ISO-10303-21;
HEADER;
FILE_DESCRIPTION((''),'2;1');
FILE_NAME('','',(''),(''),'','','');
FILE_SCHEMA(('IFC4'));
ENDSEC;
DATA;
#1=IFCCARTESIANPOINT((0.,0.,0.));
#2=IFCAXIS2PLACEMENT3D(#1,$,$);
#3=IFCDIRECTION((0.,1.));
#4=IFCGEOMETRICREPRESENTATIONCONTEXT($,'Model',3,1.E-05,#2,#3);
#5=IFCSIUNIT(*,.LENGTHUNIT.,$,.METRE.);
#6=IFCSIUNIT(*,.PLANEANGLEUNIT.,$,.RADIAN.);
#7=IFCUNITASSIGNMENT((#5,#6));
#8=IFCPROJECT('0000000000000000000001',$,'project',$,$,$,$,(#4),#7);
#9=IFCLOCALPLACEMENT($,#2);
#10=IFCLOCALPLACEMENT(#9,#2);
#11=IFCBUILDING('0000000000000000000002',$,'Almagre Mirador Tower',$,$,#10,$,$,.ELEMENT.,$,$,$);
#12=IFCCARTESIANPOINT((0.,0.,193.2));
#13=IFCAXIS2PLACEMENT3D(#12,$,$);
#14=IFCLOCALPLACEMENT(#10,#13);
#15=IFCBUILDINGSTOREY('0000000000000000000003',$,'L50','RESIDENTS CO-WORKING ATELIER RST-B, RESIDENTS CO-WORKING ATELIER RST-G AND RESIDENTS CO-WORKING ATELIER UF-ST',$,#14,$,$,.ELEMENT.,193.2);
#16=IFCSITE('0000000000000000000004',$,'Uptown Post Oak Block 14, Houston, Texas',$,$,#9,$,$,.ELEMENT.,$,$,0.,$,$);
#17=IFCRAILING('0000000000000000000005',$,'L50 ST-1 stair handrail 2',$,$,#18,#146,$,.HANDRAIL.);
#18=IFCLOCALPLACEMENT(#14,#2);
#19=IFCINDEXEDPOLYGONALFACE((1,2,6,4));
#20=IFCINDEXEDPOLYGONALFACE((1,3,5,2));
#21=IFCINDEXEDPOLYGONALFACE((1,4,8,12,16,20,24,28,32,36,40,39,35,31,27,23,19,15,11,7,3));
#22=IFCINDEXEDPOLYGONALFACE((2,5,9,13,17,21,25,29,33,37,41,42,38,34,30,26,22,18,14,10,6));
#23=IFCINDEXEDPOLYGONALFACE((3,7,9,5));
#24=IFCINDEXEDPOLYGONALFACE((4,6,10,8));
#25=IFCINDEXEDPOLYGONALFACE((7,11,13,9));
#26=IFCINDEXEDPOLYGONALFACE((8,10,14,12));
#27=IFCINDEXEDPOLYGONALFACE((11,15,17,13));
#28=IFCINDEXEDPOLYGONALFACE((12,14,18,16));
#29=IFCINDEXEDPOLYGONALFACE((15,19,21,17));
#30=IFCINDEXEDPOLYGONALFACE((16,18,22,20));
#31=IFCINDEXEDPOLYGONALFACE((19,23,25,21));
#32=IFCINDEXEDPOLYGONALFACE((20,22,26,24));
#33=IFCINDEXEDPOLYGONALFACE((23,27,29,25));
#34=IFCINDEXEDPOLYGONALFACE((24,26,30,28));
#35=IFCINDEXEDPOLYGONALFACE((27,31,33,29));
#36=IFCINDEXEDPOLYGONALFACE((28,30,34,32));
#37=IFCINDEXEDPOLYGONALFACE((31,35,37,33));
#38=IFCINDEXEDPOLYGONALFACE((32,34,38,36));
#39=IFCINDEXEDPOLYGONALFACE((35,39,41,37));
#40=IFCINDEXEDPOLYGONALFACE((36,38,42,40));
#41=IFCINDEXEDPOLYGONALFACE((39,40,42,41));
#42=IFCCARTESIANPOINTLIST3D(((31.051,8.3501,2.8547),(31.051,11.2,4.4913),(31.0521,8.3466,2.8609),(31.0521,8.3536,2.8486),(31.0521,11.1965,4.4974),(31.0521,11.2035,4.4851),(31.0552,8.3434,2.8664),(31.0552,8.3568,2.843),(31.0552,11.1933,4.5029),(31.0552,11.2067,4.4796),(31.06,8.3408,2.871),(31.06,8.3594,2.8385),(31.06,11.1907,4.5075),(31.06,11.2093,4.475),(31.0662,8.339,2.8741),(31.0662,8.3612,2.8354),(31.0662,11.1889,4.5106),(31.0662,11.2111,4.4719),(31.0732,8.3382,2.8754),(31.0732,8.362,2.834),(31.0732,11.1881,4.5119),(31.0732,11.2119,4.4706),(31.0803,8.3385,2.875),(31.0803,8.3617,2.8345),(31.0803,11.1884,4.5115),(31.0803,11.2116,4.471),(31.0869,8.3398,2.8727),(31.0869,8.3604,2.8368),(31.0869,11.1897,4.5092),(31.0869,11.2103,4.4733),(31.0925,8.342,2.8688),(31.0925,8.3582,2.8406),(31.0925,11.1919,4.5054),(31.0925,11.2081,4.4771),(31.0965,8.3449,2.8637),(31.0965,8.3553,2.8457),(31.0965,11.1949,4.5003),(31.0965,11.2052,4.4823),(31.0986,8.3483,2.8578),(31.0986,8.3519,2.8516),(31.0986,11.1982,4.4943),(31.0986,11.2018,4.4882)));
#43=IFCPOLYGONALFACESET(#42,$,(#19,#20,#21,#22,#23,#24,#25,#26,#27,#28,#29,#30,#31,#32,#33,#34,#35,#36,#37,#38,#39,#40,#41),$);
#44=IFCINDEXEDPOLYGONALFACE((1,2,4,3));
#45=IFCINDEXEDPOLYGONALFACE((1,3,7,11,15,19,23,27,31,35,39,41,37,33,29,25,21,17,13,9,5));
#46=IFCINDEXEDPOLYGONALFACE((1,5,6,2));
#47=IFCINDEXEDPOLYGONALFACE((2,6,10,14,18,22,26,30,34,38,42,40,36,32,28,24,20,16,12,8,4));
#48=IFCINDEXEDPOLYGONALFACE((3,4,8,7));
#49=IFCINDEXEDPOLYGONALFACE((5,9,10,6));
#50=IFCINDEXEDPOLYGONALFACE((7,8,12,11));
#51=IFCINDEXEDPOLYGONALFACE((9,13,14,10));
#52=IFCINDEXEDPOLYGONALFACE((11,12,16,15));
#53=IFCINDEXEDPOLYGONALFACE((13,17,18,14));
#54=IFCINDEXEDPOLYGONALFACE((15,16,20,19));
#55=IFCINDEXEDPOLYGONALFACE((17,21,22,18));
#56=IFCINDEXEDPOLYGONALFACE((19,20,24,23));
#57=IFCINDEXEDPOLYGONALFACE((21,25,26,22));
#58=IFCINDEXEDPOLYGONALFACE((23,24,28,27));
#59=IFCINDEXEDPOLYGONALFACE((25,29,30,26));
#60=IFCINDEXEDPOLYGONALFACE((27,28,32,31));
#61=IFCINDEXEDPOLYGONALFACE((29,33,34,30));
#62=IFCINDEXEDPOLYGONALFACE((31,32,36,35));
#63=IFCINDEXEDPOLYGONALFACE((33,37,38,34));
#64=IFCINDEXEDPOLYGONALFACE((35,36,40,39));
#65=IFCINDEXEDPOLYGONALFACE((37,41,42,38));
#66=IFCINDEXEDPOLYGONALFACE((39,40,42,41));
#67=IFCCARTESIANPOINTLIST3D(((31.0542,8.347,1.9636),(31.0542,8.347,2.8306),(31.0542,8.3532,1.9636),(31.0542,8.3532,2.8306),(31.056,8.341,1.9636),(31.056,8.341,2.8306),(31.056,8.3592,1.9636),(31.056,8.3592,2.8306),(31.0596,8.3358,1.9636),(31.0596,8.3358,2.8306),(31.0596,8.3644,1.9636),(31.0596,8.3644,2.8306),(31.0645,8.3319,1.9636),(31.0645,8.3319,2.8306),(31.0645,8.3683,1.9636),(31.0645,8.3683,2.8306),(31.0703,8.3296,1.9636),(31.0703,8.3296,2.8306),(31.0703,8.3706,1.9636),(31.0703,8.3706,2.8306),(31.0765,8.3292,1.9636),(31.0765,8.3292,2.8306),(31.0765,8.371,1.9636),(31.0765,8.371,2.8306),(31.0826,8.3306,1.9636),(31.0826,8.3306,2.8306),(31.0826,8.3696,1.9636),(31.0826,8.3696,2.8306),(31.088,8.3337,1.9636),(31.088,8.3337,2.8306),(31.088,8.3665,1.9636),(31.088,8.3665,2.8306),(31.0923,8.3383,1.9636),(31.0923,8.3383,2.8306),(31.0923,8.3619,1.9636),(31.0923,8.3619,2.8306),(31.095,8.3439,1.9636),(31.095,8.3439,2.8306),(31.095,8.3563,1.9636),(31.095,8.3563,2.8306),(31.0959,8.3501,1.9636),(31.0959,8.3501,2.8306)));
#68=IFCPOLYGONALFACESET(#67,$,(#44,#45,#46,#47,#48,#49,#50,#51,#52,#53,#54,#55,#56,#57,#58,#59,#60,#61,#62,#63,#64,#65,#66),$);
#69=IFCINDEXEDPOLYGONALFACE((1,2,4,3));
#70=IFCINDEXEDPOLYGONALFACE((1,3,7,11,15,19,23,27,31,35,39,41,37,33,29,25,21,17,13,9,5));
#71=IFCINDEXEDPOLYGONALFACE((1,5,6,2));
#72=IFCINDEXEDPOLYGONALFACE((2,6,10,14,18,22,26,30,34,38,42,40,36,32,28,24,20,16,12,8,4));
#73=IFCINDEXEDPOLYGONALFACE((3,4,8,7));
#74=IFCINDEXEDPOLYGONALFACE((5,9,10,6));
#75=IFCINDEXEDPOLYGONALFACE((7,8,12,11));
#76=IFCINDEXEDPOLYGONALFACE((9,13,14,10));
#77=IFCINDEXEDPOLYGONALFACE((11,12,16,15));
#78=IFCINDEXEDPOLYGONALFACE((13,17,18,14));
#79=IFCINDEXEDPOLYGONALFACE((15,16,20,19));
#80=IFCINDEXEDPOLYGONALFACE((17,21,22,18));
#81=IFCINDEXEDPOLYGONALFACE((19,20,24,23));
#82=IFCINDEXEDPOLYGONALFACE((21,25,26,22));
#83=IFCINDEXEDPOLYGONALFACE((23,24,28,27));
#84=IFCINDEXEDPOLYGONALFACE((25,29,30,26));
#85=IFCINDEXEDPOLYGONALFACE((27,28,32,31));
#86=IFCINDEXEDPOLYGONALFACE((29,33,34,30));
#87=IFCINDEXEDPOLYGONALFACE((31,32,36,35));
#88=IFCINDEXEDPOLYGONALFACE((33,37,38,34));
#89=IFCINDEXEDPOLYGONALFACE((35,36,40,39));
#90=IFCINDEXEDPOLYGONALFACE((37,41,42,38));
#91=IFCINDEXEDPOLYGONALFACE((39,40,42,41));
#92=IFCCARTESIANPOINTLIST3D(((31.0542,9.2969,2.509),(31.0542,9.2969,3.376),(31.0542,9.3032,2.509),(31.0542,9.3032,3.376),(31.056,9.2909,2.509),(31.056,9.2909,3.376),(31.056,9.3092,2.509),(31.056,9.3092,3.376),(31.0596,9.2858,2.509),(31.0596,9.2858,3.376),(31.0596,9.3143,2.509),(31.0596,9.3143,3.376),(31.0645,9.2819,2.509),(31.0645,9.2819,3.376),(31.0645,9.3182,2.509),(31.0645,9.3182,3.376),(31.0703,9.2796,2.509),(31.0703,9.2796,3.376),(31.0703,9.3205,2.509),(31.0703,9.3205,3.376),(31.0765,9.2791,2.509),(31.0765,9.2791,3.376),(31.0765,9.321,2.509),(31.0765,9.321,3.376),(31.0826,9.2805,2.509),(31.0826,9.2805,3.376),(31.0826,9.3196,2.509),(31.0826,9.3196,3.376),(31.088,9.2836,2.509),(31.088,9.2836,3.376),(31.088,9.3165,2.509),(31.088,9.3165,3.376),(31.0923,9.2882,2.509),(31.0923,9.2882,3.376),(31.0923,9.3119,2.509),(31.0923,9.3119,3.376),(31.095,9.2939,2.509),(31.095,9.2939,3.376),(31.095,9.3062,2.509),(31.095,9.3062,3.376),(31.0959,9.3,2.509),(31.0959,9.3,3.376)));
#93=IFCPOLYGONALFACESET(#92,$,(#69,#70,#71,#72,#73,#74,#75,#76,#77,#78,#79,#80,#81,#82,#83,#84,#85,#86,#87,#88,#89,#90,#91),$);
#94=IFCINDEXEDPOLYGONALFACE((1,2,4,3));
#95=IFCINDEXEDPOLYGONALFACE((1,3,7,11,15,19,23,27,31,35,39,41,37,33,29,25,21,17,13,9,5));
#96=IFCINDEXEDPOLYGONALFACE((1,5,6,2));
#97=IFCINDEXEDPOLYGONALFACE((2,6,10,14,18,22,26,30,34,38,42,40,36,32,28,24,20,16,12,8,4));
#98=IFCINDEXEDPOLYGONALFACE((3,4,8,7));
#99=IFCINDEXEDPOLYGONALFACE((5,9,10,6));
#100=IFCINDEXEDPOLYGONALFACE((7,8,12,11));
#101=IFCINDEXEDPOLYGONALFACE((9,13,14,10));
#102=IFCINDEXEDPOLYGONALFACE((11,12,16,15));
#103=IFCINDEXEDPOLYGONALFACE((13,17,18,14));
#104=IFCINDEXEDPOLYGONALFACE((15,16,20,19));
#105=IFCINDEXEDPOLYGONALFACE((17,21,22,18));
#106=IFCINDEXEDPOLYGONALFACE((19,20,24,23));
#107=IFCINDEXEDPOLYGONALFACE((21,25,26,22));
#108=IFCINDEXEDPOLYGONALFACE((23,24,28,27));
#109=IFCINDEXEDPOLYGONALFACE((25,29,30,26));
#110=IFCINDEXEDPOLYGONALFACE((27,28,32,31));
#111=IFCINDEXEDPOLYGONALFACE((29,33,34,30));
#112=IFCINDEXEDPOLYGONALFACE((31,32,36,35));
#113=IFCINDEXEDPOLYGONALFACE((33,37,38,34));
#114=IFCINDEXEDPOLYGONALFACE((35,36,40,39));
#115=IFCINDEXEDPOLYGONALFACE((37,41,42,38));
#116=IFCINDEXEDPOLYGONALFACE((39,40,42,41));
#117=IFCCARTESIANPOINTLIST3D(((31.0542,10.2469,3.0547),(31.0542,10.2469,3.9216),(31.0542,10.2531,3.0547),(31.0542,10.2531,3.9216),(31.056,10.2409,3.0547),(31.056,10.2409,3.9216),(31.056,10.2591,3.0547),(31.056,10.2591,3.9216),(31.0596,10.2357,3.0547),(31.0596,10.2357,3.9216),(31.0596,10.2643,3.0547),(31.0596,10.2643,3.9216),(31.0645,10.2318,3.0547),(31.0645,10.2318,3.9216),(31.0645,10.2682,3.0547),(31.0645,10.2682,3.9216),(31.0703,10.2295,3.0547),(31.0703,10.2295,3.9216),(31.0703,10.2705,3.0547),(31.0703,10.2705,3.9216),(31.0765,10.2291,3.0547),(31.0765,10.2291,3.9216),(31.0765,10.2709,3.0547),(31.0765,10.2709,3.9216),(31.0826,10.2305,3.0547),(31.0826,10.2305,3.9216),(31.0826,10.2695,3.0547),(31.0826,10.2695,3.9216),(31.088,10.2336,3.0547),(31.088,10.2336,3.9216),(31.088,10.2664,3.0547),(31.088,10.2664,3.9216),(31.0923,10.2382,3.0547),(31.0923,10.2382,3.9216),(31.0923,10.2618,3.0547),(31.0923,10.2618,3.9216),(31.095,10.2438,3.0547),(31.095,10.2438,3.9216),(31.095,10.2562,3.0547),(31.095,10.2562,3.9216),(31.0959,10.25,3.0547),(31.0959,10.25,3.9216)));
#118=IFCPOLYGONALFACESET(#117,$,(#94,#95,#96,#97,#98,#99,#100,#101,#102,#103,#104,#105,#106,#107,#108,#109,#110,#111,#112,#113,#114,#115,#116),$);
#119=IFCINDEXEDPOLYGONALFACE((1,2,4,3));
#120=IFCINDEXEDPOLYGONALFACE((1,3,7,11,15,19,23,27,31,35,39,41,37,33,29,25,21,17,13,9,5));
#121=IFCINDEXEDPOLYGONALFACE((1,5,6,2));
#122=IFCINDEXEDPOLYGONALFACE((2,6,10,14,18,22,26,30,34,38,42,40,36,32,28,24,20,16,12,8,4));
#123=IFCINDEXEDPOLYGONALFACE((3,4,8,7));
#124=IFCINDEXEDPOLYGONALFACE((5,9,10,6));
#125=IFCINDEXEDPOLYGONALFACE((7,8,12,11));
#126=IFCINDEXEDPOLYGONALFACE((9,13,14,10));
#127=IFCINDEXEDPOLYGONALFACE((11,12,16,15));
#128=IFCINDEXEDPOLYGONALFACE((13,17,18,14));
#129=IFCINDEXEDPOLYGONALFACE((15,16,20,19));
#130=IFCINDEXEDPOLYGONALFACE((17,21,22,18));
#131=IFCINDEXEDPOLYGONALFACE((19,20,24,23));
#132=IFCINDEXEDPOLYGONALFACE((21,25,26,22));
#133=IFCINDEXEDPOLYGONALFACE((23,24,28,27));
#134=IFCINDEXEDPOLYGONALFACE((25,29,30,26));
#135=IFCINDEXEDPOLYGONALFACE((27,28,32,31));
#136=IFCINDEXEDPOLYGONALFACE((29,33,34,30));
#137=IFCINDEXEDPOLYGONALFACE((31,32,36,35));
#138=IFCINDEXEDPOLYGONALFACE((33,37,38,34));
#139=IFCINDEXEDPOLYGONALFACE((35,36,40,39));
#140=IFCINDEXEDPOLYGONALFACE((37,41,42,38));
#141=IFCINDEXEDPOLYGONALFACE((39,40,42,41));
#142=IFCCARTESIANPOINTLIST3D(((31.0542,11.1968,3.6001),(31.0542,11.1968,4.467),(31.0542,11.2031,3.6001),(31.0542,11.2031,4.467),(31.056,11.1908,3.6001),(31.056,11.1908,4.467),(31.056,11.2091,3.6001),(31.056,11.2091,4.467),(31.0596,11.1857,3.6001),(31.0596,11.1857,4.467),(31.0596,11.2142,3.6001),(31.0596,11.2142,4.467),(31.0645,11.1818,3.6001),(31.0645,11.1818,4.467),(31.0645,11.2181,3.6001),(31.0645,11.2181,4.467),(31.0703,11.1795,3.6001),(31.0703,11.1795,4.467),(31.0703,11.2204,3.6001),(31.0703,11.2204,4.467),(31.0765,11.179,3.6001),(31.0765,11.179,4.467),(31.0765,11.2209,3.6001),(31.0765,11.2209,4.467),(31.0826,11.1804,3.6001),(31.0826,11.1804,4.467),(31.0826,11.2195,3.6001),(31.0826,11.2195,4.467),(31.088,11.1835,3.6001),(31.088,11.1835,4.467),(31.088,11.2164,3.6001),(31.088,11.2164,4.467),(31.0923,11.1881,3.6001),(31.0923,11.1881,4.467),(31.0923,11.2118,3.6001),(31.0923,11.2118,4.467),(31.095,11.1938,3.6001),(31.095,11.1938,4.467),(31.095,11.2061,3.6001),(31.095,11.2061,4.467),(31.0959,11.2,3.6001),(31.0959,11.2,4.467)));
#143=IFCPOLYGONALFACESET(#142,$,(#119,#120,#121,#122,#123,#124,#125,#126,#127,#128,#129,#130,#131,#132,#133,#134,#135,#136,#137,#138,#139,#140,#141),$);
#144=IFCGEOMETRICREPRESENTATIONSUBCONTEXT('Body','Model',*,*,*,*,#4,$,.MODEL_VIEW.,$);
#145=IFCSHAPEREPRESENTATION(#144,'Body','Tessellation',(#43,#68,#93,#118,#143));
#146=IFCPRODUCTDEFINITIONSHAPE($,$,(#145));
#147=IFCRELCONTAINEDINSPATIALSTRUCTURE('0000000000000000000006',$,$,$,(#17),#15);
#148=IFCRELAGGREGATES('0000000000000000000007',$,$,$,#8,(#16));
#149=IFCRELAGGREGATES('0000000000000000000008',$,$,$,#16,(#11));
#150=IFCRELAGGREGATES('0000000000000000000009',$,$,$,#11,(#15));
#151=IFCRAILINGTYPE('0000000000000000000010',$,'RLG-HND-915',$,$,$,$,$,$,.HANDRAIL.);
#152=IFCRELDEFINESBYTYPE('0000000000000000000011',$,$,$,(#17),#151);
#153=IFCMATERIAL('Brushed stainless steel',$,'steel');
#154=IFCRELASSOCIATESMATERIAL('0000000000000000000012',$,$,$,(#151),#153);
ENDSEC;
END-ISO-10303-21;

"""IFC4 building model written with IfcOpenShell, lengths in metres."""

from ifc_helpers import new_model, si_unit, direction, frame, origin, origin_2d, place, context, subcontext, project, spatial, circle, extrude, material, type_object, element, save


model = new_model("IFC4")

# Units and contexts
model_context = context("Model", 3, precision=1e-05, world=origin(), true_north=direction((0.0, 1.0)))
body_context = subcontext(model_context, "Body", "Model", "MODEL_VIEW")
ifc_project = project(units=[si_unit("LENGTHUNIT", "METRE"), si_unit("PLANEANGLEUNIT", "RADIAN")], contexts=[model_context])

# Site, building, storey
site_placement = place(None, origin())
site = spatial("IfcSite", under=ifc_project, at=site_placement, Name="Uptown Post Oak Block 14, Houston, Texas", CompositionType="ELEMENT", RefElevation=0.0)
building_placement = place(site_placement, origin())
building = spatial("IfcBuilding", under=site, at=building_placement, Name="Almagre Mirador Tower", CompositionType="ELEMENT")
storey_placement = place(building_placement, frame((0.0, 0.0, 193.2)))
storey = spatial("IfcBuildingStorey", under=building, at=storey_placement, Name="L50", Description="RESIDENTS CO-WORKING ATELIER RST-B, RESIDENTS CO-WORKING ATELIER RST-G AND RESIDENTS CO-WORKING ATELIER UF-ST", CompositionType="ELEMENT", Elevation=193.2)

# Railing
ifc_material_1 = material(Name="Brushed stainless steel", Category="steel")
railing_type_1 = type_object("IfcRailingType", Name="RLG-HND-915", PredefinedType="HANDRAIL", material=ifc_material_1)
railing_1_placement = place(storey_placement, frame((31.075, 8.3501, 1.9636)))
element("IfcRailing", 1, at=railing_1_placement, inside=storey, type_object=railing_type_1, Name="L50 ST-1 stair handrail 2", PredefinedType="HANDRAIL", context=body_context, shape_type="SweptSolid", body=[
    extrude(circle(Radius=0.0239, at=origin_2d()), frame((0.0, 0.0, 0.8911), z_axis=(0.0, 0.867194, 0.49797), x_axis=(-1.0, 0.0, 0.0)), (0.0, 0.0, 1.0), 3.2864),
    extrude(circle(Radius=0.021, at=origin_2d()), origin(), (0.0, 0.0, 1.0), 0.8669),
    extrude(circle(Radius=0.021, at=origin_2d()), frame((0.0, 0.95, 0.5454)), (0.0, 0.0, 1.0), 0.8669),
    extrude(circle(Radius=0.021, at=origin_2d()), frame((0.0, 1.8999, 1.0911)), (0.0, 0.0, 1.0), 0.8669),
    extrude(circle(Radius=0.021, at=origin_2d()), frame((0.0, 2.8499, 1.6365)), (0.0, 0.0, 1.0), 0.8669),
])

save(model, "model.ifc")
